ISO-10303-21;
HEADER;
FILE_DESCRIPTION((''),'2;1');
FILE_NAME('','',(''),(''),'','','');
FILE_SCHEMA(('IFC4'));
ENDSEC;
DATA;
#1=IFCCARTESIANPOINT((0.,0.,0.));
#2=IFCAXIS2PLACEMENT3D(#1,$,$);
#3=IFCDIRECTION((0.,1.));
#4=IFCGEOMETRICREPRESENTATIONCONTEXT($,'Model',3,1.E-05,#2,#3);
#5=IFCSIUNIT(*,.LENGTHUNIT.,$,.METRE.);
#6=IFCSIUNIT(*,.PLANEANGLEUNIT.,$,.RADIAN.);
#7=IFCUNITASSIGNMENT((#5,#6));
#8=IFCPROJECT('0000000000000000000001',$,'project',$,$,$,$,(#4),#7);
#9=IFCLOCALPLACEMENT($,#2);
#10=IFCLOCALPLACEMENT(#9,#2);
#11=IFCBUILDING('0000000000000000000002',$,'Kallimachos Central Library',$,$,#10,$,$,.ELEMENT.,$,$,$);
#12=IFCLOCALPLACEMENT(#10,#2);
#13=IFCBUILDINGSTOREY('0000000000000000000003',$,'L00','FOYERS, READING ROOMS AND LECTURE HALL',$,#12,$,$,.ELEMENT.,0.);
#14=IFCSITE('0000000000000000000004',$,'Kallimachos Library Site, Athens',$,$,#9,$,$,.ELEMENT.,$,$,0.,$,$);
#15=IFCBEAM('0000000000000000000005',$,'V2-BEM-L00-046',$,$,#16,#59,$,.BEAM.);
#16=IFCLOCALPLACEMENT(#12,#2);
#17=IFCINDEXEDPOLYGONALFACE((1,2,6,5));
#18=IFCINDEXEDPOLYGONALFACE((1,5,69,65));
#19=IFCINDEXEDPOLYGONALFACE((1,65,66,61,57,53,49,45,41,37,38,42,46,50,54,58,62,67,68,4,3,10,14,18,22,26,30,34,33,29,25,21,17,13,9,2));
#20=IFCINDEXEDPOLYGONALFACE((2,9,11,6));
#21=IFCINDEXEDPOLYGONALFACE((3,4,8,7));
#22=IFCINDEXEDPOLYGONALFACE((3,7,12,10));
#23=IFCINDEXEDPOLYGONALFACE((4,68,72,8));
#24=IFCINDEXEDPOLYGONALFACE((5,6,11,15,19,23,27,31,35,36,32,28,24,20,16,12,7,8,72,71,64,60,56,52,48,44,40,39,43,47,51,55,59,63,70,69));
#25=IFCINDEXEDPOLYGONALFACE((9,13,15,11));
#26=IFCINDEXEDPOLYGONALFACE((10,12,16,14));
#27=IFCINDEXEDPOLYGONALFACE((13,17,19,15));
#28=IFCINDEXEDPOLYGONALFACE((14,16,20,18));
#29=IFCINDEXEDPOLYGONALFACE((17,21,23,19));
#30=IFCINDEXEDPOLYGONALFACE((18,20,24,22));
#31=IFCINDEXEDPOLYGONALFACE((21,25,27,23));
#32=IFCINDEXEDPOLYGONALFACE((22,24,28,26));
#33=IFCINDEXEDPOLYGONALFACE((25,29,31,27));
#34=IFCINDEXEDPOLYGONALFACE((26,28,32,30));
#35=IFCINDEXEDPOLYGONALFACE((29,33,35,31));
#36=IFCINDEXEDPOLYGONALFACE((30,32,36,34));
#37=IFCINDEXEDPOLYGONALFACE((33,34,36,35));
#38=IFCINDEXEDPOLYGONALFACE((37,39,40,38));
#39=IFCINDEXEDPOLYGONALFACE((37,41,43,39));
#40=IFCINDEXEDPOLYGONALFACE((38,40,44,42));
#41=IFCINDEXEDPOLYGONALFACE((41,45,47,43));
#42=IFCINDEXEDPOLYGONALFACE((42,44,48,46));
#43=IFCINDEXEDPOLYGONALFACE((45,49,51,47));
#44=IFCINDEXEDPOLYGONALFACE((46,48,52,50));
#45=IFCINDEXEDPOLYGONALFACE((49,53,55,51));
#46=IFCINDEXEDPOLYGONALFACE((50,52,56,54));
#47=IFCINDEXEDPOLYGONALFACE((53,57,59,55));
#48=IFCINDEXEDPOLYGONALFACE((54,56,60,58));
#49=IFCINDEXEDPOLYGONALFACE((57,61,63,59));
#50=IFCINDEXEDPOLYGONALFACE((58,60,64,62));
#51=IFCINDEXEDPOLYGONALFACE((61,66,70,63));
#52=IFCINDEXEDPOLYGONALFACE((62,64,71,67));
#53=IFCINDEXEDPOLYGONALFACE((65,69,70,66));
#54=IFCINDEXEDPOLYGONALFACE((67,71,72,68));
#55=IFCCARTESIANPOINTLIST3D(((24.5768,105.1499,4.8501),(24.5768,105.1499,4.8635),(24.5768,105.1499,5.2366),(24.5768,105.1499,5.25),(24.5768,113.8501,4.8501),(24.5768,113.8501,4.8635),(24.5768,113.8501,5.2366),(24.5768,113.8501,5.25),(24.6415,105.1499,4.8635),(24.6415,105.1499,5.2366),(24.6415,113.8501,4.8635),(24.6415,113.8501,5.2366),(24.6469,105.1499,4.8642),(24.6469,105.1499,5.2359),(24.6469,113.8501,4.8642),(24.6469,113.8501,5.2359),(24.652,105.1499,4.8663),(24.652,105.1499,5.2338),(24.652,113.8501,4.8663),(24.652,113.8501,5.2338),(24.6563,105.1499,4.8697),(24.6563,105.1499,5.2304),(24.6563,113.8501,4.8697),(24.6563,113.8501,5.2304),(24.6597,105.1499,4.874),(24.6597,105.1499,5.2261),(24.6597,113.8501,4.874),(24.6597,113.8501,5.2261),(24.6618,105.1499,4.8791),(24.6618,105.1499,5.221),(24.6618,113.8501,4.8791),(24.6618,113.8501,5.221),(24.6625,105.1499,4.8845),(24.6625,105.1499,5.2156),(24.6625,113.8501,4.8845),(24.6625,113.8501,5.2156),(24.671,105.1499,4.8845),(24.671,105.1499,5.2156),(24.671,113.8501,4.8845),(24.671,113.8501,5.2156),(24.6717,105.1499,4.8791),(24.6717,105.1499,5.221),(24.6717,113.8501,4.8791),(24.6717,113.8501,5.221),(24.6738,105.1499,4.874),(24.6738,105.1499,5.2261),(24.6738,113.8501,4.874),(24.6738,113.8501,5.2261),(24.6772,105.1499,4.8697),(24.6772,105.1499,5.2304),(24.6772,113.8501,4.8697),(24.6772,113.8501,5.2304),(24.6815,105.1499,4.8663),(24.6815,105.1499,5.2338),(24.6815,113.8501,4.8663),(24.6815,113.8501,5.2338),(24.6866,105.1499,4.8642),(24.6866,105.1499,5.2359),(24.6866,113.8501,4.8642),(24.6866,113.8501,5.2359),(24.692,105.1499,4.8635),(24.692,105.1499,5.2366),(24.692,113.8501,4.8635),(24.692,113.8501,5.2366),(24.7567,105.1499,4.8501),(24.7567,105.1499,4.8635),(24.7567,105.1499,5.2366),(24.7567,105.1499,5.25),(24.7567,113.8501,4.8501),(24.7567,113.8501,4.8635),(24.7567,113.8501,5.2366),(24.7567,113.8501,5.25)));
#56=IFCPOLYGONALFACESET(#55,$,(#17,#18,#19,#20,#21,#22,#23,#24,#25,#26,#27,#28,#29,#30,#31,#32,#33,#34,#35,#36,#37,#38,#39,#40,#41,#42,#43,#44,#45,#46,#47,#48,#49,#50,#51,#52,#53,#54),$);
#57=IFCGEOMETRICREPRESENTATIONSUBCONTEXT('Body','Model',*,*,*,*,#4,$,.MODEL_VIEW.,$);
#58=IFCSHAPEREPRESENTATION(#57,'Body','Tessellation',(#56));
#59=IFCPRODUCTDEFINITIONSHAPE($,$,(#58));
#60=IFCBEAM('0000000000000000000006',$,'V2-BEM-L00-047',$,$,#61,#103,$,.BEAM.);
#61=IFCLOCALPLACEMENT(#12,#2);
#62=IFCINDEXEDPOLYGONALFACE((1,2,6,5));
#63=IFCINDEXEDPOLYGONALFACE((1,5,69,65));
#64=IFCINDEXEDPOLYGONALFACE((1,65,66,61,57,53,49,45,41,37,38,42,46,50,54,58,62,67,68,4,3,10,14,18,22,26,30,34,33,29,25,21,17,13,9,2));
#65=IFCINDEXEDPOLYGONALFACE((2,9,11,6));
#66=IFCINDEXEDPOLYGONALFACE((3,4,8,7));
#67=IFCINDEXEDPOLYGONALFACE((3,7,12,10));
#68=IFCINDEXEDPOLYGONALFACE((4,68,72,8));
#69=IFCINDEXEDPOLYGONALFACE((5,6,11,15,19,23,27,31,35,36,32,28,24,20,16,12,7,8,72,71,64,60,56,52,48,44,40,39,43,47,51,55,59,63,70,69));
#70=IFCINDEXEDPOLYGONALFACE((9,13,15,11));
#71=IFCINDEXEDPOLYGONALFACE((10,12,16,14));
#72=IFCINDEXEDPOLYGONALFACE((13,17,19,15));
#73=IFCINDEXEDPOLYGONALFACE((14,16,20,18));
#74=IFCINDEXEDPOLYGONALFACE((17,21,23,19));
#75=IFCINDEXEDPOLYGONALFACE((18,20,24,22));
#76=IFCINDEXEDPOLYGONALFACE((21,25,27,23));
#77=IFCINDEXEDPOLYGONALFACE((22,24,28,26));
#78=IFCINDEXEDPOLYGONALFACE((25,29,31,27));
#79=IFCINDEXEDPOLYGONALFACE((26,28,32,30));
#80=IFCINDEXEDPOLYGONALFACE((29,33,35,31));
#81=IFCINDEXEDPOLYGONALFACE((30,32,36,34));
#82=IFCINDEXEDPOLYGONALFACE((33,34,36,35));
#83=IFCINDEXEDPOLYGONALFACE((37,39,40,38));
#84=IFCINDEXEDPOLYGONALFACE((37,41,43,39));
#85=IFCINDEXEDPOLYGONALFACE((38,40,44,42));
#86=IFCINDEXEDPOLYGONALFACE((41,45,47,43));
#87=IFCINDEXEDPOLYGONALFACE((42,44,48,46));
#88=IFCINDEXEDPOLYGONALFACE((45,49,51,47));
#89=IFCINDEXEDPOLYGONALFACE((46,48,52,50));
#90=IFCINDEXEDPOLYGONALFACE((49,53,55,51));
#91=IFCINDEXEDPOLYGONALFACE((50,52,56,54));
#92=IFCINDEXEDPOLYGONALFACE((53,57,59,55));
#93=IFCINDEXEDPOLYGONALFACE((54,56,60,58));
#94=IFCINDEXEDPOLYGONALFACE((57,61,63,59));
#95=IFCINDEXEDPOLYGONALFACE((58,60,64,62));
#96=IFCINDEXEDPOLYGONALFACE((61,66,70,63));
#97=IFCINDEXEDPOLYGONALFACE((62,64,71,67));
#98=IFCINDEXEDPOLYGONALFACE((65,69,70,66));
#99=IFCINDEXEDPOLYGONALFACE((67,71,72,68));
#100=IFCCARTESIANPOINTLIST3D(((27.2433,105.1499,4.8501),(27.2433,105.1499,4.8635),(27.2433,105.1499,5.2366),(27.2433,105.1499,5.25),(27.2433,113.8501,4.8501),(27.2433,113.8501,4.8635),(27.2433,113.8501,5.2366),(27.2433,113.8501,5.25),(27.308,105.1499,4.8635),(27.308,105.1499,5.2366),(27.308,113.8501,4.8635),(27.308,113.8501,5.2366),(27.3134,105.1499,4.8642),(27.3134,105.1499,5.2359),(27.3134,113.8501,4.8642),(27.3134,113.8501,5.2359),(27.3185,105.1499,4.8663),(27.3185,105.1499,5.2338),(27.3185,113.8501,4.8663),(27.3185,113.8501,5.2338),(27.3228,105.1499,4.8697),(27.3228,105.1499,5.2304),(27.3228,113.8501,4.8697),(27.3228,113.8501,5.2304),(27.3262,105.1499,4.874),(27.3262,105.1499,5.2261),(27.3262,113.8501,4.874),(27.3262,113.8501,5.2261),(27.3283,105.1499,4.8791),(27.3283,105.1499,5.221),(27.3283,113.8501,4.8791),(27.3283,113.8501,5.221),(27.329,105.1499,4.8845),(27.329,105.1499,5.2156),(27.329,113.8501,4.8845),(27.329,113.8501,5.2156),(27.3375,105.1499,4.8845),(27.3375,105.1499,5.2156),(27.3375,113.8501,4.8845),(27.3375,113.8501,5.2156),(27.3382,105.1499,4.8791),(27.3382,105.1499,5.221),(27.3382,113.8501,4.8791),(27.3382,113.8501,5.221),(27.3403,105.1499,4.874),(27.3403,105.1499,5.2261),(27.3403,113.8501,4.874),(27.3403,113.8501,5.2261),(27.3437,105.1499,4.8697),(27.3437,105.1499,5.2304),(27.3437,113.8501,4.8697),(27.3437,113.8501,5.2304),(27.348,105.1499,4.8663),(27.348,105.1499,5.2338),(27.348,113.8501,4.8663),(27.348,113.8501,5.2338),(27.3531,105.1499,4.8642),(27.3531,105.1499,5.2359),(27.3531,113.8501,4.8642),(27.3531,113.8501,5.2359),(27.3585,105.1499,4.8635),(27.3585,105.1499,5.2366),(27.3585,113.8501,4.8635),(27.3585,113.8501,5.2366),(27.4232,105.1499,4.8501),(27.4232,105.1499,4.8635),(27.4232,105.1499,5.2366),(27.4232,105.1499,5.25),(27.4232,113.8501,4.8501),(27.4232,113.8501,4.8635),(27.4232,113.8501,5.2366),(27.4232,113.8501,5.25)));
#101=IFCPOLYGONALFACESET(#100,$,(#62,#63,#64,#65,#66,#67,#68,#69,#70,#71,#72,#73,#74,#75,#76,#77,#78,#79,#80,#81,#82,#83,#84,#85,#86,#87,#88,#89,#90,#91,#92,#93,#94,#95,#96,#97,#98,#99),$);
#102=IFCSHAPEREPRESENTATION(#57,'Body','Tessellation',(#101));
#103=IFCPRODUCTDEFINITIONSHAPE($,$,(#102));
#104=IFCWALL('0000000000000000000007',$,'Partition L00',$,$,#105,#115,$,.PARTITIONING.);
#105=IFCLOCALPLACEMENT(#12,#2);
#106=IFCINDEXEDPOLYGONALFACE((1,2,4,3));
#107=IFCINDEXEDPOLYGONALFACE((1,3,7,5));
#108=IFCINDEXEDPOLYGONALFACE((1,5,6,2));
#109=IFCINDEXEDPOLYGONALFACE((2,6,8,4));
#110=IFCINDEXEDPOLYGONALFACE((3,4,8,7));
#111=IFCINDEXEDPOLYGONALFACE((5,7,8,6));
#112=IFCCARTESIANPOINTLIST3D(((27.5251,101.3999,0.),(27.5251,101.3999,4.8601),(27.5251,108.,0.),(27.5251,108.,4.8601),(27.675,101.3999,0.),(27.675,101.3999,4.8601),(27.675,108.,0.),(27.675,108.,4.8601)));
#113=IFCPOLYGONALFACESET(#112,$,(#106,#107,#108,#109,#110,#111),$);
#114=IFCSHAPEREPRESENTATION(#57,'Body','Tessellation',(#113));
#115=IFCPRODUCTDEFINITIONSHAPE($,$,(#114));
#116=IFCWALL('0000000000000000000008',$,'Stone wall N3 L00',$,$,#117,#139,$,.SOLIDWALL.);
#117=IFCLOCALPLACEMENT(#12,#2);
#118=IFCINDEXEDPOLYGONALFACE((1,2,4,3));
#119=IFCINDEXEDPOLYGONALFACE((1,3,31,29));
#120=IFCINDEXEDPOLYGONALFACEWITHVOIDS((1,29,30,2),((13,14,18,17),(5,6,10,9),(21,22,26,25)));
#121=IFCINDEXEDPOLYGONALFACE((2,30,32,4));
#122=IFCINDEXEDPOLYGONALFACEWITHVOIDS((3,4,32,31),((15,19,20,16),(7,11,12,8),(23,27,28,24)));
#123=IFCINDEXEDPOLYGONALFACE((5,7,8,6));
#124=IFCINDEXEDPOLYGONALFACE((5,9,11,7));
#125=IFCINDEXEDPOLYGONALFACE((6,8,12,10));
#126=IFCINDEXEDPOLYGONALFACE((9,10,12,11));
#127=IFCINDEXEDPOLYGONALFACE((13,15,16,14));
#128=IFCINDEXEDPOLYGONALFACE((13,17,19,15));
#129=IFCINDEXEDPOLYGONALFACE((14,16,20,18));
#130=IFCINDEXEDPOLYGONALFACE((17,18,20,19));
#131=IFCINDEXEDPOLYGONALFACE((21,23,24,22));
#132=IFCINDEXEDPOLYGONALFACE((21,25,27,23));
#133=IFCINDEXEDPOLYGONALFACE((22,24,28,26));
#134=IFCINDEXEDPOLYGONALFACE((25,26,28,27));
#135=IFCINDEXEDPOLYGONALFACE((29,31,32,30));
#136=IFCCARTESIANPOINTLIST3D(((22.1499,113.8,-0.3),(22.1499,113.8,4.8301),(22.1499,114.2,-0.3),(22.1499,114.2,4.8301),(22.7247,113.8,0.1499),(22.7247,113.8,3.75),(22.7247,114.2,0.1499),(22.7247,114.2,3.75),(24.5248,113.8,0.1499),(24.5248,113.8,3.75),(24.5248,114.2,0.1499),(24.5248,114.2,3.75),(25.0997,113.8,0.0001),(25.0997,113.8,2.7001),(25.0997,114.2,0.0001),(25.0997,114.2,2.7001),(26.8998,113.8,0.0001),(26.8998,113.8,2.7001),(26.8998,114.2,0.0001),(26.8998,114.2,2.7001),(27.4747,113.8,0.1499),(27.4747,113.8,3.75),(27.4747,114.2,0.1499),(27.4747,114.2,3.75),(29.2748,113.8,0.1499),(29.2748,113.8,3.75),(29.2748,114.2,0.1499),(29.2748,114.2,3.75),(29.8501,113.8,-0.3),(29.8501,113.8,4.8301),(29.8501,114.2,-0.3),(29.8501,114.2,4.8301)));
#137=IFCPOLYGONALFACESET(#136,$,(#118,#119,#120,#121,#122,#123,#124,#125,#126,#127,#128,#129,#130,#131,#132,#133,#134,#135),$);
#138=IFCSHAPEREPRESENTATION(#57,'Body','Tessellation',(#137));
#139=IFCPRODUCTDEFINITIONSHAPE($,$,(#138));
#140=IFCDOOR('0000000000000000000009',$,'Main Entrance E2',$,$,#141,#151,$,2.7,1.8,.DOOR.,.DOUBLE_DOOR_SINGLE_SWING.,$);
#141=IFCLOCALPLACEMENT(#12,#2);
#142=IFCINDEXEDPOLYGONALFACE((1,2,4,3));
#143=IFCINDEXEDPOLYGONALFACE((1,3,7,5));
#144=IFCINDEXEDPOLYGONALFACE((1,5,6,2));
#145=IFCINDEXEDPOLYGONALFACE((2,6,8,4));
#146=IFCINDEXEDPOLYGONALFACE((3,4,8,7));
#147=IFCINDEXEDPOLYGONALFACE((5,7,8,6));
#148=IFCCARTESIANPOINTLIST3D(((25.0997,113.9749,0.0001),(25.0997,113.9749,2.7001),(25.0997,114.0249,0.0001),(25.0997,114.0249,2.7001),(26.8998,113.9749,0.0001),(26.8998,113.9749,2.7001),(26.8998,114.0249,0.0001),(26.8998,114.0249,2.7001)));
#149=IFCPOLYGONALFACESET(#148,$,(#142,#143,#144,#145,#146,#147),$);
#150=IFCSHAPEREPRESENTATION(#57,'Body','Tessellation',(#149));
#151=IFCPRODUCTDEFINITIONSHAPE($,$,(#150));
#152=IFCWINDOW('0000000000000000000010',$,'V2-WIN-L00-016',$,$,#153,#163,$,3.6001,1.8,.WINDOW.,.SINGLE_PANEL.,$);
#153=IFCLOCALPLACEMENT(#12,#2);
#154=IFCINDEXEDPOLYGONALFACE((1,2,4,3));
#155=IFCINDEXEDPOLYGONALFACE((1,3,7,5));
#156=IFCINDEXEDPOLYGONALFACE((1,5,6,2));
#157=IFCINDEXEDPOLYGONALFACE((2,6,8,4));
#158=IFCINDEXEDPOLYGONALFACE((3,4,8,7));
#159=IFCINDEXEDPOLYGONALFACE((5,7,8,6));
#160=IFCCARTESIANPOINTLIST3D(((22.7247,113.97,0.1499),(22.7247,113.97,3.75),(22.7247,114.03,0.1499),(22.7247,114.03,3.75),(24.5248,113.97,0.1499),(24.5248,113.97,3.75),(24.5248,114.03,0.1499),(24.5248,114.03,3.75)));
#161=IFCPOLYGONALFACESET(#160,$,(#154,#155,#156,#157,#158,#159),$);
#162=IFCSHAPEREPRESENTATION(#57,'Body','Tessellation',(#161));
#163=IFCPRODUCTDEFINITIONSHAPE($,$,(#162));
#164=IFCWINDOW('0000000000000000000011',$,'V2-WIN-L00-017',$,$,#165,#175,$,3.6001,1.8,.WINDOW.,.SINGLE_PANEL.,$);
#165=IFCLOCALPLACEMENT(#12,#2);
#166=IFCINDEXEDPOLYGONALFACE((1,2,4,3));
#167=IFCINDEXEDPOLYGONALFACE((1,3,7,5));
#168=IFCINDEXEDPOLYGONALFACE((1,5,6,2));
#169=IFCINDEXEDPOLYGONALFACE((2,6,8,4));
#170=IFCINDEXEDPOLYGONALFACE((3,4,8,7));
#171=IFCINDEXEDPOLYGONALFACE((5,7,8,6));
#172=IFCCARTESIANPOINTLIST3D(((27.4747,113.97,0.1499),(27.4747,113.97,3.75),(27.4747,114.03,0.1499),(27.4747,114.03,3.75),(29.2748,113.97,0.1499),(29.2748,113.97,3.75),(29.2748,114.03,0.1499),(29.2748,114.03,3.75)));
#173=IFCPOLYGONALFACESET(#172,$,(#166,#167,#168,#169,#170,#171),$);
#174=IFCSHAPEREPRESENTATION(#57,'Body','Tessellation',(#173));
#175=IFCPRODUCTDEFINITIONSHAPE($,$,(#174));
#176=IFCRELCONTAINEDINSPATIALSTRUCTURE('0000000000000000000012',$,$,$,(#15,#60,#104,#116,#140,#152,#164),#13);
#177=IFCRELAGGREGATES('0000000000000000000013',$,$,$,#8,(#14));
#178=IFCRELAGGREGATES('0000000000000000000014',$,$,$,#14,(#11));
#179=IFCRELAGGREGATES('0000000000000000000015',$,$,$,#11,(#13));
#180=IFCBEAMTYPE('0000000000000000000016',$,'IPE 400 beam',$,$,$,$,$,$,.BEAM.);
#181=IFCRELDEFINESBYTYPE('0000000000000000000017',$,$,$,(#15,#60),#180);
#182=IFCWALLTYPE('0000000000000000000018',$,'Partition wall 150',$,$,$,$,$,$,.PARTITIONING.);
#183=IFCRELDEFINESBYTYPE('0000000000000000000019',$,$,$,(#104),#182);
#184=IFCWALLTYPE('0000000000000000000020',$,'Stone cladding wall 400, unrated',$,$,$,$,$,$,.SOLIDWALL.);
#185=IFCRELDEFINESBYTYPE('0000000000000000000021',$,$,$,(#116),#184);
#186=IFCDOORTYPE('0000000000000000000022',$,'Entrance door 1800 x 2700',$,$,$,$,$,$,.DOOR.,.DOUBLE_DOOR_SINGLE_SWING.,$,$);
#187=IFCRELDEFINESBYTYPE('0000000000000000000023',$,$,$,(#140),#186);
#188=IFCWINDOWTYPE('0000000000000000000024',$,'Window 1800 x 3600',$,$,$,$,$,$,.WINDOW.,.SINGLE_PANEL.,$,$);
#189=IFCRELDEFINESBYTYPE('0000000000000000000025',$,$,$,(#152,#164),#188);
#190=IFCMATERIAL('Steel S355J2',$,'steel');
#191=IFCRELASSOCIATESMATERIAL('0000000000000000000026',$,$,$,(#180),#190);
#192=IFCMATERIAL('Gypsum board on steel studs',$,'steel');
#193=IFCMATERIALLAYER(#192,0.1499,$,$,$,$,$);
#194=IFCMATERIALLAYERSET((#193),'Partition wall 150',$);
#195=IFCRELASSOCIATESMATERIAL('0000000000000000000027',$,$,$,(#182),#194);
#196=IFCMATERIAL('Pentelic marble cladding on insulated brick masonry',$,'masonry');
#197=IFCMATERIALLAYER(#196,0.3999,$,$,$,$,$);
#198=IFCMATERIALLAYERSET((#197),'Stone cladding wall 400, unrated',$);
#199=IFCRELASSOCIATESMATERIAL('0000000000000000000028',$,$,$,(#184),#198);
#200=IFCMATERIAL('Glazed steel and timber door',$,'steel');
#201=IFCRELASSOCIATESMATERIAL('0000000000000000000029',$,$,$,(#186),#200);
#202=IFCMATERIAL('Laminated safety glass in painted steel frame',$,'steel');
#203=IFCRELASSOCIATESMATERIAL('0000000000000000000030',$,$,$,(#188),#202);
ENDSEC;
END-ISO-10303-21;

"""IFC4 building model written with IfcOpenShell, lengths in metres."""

from ifc_helpers import new_model, si_unit, direction, frame, frame_2d, origin, origin_2d, place, context, subcontext, project, spatial, rectangle, i_section, extrude, material, layer, layer_set, material_profile, profile_set, type_object, element, fill, save


model = new_model("IFC4")

# Units and contexts
model_context = context("Model", 3, precision=1e-05, world=origin(), true_north=direction((0.0, 1.0)))
body_context = subcontext(model_context, "Body", "Model", "MODEL_VIEW")
ifc_project = project(units=[si_unit("LENGTHUNIT", "METRE"), si_unit("PLANEANGLEUNIT", "RADIAN")], contexts=[model_context])

# Site, building, storey
site_placement = place(None, origin())
site = spatial("IfcSite", under=ifc_project, at=site_placement, Name="Kallimachos Library Site, Athens", CompositionType="ELEMENT", RefElevation=0.0)
building_placement = place(site_placement, origin())
building = spatial("IfcBuilding", under=site, at=building_placement, Name="Kallimachos Central Library", CompositionType="ELEMENT")
storey_placement = place(building_placement, origin())
storey = spatial("IfcBuildingStorey", under=building, at=storey_placement, Name="L00", Description="FOYERS, READING ROOMS AND LECTURE HALL", CompositionType="ELEMENT", Elevation=0.0)

# Beams
ifc_material_1 = material(Name="Steel S355J2", Category="steel")
ifc_material_profile_1 = material_profile(ifc_material_1, i_section(OverallWidth=0.1799, OverallDepth=0.3999, WebThickness=0.0085, FlangeThickness=0.0134, FilletRadius=0.021, at=origin_2d()), Name="IPE 400")
ifc_profile_set_1 = profile_set([ifc_material_profile_1], Name="Steel S355J2")
beam_type_1 = type_object("IfcBeamType", Name="IPE 400 beam", PredefinedType="BEAM", material=ifc_profile_set_1)
for number, where, z_axis, x_axis, name in (
    (1, (24.6667, 105.1499, 5.05), (0.0, 1.0, 0.0), (-1.0, 0.0, 0.0), "V2-BEM-L00-046"),
    (2, (27.3333, 105.1499, 5.05), (0.0, 1.0, 0.0), (-1.0, 0.0, 0.0), "V2-BEM-L00-047"),
):
    element("IfcBeam", number, at=place(storey_placement, frame(where, z_axis=z_axis, x_axis=x_axis)), inside=storey, type_object=beam_type_1, Name=name, PredefinedType="BEAM", context=body_context, shape_type="SweptSolid", body=[
        extrude(i_section(OverallWidth=0.1799, OverallDepth=0.3999, WebThickness=0.0085, FlangeThickness=0.0134, FilletRadius=0.021, at=origin_2d()), origin(), (0.0, 0.0, 1.0), 8.7002),
    ])

# Wall
ifc_material_2 = material(Name="Gypsum board on steel studs", Category="steel")
ifc_layer_1 = layer(ifc_material_2, 0.1499)
ifc_layer_set_1 = layer_set([ifc_layer_1], Name="Partition wall 150")
wall_type_1 = type_object("IfcWallType", Name="Partition wall 150", PredefinedType="PARTITIONING", material=ifc_layer_set_1)
wall_1_placement = place(storey_placement, frame((27.6001, 101.3999, 0.0), z_axis=(0.0, 0.0, 1.0), x_axis=(0.0, 1.0, 0.0)))
element("IfcWall", 3, at=wall_1_placement, inside=storey, type_object=wall_type_1, Name="Partition L00", PredefinedType="PARTITIONING", context=body_context, shape_type="SweptSolid", body=[
    extrude(rectangle(XDim=6.6001, YDim=0.1499, at=frame_2d((3.3, 0.0))), origin(), (0.0, 0.0, 1.0), 4.8601),
])

# Wall, openings, door, windows
ifc_material_3 = material(Name="Pentelic marble cladding on insulated brick masonry", Category="masonry")
ifc_layer_2 = layer(ifc_material_3, 0.3999)
ifc_layer_set_2 = layer_set([ifc_layer_2], Name="Stone cladding wall 400, unrated")
wall_type_2 = type_object("IfcWallType", Name="Stone cladding wall 400, unrated", PredefinedType="SOLIDWALL", material=ifc_layer_set_2)
wall_2_placement = place(storey_placement, frame((22.1499, 114.0, -0.3), z_axis=(0.0, 0.0, 1.0), x_axis=(1.0, 0.0, 0.0)))
wall_2 = element("IfcWall", 4, at=wall_2_placement, inside=storey, type_object=wall_type_2, Name="Stone wall N3 L00", PredefinedType="SOLIDWALL", context=body_context, shape_type="SweptSolid", body=[
    extrude(rectangle(XDim=7.7002, YDim=0.3999, at=frame_2d((3.8501, 0.0))), origin(), (0.0, 0.0, 1.0), 5.1301),
])
opening_1_placement = place(wall_2_placement, frame((0.575, 0.0, 0.45)))
opening_1 = element("IfcOpeningElement", 5, at=opening_1_placement, cuts=wall_2, PredefinedType="OPENING", context=body_context, shape_type="SweptSolid", body=[
    extrude(rectangle(XDim=1.8, YDim=3.6001, at=frame_2d((0.8999, 1.8))), frame((0.0, 0.21, 0.0), z_axis=(0.0, -1.0, 0.0), x_axis=(1.0, 0.0, 0.0)), (0.0, 0.0, 1.0), 0.4199),
])
opening_2_placement = place(wall_2_placement, frame((2.95, 0.0, 0.3)))
opening_2 = element("IfcOpeningElement", 6, at=opening_2_placement, cuts=wall_2, PredefinedType="OPENING", context=body_context, shape_type="SweptSolid", body=[
    extrude(rectangle(XDim=1.8, YDim=2.7, at=frame_2d((0.8999, 1.3501))), frame((0.0, 0.21, 0.0), z_axis=(0.0, -1.0, 0.0), x_axis=(1.0, 0.0, 0.0)), (0.0, 0.0, 1.0), 0.4199),
])
opening_3_placement = place(wall_2_placement, frame((5.325, 0.0, 0.45)))
opening_3 = element("IfcOpeningElement", 7, at=opening_3_placement, cuts=wall_2, PredefinedType="OPENING", context=body_context, shape_type="SweptSolid", body=[
    extrude(rectangle(XDim=1.8, YDim=3.6001, at=frame_2d((0.8999, 1.8))), frame((0.0, 0.21, 0.0), z_axis=(0.0, -1.0, 0.0), x_axis=(1.0, 0.0, 0.0)), (0.0, 0.0, 1.0), 0.4199),
])
ifc_material_4 = material(Name="Glazed steel and timber door", Category="steel")
door_type = type_object("IfcDoorType", Name="Entrance door 1800 x 2700", OperationType="DOUBLE_DOOR_SINGLE_SWING", PredefinedType="DOOR", material=ifc_material_4)
door_placement = place(opening_2_placement, origin())
door = element("IfcDoor", 8, at=door_placement, inside=storey, type_object=door_type, Name="Main Entrance E2", OperationType="DOUBLE_DOOR_SINGLE_SWING", OverallHeight=2.7, OverallWidth=1.8, PredefinedType="DOOR", context=body_context, shape_type="SweptSolid", body=[
    extrude(rectangle(XDim=1.8, YDim=2.7, at=frame_2d((0.8999, 1.3501))), frame((0.0, 0.0249, 0.0), z_axis=(0.0, -1.0, 0.0), x_axis=(1.0, 0.0, 0.0)), (0.0, 0.0, 1.0), 0.05),
])
fill(opening_2, door)
ifc_material_5 = material(Name="Laminated safety glass in painted steel frame", Category="steel")
window_type = type_object("IfcWindowType", Name="Window 1800 x 3600", PartitioningType="SINGLE_PANEL", PredefinedType="WINDOW", material=ifc_material_5)
window_1_placement = place(opening_1_placement, origin())
window_1 = element("IfcWindow", 9, at=window_1_placement, inside=storey, type_object=window_type, Name="V2-WIN-L00-016", OverallHeight=3.6001, OverallWidth=1.8, PartitioningType="SINGLE_PANEL", PredefinedType="WINDOW", context=body_context, shape_type="SweptSolid", body=[
    extrude(rectangle(XDim=1.8, YDim=3.6001, at=frame_2d((0.8999, 1.8))), frame((0.0, 0.03, 0.0), z_axis=(0.0, -1.0, 0.0), x_axis=(1.0, 0.0, 0.0)), (0.0, 0.0, 1.0), 0.0601),
])
fill(opening_1, window_1)
window_2_placement = place(opening_3_placement, origin())
window_2 = element("IfcWindow", 10, at=window_2_placement, inside=storey, type_object=window_type, Name="V2-WIN-L00-017", OverallHeight=3.6001, OverallWidth=1.8, PartitioningType="SINGLE_PANEL", PredefinedType="WINDOW", context=body_context, shape_type="SweptSolid", body=[
    extrude(rectangle(XDim=1.8, YDim=3.6001, at=frame_2d((0.8999, 1.8))), frame((0.0, 0.03, 0.0), z_axis=(0.0, -1.0, 0.0), x_axis=(1.0, 0.0, 0.0)), (0.0, 0.0, 1.0), 0.0601),
])
fill(opening_3, window_2)

save(model, "model.ifc")
